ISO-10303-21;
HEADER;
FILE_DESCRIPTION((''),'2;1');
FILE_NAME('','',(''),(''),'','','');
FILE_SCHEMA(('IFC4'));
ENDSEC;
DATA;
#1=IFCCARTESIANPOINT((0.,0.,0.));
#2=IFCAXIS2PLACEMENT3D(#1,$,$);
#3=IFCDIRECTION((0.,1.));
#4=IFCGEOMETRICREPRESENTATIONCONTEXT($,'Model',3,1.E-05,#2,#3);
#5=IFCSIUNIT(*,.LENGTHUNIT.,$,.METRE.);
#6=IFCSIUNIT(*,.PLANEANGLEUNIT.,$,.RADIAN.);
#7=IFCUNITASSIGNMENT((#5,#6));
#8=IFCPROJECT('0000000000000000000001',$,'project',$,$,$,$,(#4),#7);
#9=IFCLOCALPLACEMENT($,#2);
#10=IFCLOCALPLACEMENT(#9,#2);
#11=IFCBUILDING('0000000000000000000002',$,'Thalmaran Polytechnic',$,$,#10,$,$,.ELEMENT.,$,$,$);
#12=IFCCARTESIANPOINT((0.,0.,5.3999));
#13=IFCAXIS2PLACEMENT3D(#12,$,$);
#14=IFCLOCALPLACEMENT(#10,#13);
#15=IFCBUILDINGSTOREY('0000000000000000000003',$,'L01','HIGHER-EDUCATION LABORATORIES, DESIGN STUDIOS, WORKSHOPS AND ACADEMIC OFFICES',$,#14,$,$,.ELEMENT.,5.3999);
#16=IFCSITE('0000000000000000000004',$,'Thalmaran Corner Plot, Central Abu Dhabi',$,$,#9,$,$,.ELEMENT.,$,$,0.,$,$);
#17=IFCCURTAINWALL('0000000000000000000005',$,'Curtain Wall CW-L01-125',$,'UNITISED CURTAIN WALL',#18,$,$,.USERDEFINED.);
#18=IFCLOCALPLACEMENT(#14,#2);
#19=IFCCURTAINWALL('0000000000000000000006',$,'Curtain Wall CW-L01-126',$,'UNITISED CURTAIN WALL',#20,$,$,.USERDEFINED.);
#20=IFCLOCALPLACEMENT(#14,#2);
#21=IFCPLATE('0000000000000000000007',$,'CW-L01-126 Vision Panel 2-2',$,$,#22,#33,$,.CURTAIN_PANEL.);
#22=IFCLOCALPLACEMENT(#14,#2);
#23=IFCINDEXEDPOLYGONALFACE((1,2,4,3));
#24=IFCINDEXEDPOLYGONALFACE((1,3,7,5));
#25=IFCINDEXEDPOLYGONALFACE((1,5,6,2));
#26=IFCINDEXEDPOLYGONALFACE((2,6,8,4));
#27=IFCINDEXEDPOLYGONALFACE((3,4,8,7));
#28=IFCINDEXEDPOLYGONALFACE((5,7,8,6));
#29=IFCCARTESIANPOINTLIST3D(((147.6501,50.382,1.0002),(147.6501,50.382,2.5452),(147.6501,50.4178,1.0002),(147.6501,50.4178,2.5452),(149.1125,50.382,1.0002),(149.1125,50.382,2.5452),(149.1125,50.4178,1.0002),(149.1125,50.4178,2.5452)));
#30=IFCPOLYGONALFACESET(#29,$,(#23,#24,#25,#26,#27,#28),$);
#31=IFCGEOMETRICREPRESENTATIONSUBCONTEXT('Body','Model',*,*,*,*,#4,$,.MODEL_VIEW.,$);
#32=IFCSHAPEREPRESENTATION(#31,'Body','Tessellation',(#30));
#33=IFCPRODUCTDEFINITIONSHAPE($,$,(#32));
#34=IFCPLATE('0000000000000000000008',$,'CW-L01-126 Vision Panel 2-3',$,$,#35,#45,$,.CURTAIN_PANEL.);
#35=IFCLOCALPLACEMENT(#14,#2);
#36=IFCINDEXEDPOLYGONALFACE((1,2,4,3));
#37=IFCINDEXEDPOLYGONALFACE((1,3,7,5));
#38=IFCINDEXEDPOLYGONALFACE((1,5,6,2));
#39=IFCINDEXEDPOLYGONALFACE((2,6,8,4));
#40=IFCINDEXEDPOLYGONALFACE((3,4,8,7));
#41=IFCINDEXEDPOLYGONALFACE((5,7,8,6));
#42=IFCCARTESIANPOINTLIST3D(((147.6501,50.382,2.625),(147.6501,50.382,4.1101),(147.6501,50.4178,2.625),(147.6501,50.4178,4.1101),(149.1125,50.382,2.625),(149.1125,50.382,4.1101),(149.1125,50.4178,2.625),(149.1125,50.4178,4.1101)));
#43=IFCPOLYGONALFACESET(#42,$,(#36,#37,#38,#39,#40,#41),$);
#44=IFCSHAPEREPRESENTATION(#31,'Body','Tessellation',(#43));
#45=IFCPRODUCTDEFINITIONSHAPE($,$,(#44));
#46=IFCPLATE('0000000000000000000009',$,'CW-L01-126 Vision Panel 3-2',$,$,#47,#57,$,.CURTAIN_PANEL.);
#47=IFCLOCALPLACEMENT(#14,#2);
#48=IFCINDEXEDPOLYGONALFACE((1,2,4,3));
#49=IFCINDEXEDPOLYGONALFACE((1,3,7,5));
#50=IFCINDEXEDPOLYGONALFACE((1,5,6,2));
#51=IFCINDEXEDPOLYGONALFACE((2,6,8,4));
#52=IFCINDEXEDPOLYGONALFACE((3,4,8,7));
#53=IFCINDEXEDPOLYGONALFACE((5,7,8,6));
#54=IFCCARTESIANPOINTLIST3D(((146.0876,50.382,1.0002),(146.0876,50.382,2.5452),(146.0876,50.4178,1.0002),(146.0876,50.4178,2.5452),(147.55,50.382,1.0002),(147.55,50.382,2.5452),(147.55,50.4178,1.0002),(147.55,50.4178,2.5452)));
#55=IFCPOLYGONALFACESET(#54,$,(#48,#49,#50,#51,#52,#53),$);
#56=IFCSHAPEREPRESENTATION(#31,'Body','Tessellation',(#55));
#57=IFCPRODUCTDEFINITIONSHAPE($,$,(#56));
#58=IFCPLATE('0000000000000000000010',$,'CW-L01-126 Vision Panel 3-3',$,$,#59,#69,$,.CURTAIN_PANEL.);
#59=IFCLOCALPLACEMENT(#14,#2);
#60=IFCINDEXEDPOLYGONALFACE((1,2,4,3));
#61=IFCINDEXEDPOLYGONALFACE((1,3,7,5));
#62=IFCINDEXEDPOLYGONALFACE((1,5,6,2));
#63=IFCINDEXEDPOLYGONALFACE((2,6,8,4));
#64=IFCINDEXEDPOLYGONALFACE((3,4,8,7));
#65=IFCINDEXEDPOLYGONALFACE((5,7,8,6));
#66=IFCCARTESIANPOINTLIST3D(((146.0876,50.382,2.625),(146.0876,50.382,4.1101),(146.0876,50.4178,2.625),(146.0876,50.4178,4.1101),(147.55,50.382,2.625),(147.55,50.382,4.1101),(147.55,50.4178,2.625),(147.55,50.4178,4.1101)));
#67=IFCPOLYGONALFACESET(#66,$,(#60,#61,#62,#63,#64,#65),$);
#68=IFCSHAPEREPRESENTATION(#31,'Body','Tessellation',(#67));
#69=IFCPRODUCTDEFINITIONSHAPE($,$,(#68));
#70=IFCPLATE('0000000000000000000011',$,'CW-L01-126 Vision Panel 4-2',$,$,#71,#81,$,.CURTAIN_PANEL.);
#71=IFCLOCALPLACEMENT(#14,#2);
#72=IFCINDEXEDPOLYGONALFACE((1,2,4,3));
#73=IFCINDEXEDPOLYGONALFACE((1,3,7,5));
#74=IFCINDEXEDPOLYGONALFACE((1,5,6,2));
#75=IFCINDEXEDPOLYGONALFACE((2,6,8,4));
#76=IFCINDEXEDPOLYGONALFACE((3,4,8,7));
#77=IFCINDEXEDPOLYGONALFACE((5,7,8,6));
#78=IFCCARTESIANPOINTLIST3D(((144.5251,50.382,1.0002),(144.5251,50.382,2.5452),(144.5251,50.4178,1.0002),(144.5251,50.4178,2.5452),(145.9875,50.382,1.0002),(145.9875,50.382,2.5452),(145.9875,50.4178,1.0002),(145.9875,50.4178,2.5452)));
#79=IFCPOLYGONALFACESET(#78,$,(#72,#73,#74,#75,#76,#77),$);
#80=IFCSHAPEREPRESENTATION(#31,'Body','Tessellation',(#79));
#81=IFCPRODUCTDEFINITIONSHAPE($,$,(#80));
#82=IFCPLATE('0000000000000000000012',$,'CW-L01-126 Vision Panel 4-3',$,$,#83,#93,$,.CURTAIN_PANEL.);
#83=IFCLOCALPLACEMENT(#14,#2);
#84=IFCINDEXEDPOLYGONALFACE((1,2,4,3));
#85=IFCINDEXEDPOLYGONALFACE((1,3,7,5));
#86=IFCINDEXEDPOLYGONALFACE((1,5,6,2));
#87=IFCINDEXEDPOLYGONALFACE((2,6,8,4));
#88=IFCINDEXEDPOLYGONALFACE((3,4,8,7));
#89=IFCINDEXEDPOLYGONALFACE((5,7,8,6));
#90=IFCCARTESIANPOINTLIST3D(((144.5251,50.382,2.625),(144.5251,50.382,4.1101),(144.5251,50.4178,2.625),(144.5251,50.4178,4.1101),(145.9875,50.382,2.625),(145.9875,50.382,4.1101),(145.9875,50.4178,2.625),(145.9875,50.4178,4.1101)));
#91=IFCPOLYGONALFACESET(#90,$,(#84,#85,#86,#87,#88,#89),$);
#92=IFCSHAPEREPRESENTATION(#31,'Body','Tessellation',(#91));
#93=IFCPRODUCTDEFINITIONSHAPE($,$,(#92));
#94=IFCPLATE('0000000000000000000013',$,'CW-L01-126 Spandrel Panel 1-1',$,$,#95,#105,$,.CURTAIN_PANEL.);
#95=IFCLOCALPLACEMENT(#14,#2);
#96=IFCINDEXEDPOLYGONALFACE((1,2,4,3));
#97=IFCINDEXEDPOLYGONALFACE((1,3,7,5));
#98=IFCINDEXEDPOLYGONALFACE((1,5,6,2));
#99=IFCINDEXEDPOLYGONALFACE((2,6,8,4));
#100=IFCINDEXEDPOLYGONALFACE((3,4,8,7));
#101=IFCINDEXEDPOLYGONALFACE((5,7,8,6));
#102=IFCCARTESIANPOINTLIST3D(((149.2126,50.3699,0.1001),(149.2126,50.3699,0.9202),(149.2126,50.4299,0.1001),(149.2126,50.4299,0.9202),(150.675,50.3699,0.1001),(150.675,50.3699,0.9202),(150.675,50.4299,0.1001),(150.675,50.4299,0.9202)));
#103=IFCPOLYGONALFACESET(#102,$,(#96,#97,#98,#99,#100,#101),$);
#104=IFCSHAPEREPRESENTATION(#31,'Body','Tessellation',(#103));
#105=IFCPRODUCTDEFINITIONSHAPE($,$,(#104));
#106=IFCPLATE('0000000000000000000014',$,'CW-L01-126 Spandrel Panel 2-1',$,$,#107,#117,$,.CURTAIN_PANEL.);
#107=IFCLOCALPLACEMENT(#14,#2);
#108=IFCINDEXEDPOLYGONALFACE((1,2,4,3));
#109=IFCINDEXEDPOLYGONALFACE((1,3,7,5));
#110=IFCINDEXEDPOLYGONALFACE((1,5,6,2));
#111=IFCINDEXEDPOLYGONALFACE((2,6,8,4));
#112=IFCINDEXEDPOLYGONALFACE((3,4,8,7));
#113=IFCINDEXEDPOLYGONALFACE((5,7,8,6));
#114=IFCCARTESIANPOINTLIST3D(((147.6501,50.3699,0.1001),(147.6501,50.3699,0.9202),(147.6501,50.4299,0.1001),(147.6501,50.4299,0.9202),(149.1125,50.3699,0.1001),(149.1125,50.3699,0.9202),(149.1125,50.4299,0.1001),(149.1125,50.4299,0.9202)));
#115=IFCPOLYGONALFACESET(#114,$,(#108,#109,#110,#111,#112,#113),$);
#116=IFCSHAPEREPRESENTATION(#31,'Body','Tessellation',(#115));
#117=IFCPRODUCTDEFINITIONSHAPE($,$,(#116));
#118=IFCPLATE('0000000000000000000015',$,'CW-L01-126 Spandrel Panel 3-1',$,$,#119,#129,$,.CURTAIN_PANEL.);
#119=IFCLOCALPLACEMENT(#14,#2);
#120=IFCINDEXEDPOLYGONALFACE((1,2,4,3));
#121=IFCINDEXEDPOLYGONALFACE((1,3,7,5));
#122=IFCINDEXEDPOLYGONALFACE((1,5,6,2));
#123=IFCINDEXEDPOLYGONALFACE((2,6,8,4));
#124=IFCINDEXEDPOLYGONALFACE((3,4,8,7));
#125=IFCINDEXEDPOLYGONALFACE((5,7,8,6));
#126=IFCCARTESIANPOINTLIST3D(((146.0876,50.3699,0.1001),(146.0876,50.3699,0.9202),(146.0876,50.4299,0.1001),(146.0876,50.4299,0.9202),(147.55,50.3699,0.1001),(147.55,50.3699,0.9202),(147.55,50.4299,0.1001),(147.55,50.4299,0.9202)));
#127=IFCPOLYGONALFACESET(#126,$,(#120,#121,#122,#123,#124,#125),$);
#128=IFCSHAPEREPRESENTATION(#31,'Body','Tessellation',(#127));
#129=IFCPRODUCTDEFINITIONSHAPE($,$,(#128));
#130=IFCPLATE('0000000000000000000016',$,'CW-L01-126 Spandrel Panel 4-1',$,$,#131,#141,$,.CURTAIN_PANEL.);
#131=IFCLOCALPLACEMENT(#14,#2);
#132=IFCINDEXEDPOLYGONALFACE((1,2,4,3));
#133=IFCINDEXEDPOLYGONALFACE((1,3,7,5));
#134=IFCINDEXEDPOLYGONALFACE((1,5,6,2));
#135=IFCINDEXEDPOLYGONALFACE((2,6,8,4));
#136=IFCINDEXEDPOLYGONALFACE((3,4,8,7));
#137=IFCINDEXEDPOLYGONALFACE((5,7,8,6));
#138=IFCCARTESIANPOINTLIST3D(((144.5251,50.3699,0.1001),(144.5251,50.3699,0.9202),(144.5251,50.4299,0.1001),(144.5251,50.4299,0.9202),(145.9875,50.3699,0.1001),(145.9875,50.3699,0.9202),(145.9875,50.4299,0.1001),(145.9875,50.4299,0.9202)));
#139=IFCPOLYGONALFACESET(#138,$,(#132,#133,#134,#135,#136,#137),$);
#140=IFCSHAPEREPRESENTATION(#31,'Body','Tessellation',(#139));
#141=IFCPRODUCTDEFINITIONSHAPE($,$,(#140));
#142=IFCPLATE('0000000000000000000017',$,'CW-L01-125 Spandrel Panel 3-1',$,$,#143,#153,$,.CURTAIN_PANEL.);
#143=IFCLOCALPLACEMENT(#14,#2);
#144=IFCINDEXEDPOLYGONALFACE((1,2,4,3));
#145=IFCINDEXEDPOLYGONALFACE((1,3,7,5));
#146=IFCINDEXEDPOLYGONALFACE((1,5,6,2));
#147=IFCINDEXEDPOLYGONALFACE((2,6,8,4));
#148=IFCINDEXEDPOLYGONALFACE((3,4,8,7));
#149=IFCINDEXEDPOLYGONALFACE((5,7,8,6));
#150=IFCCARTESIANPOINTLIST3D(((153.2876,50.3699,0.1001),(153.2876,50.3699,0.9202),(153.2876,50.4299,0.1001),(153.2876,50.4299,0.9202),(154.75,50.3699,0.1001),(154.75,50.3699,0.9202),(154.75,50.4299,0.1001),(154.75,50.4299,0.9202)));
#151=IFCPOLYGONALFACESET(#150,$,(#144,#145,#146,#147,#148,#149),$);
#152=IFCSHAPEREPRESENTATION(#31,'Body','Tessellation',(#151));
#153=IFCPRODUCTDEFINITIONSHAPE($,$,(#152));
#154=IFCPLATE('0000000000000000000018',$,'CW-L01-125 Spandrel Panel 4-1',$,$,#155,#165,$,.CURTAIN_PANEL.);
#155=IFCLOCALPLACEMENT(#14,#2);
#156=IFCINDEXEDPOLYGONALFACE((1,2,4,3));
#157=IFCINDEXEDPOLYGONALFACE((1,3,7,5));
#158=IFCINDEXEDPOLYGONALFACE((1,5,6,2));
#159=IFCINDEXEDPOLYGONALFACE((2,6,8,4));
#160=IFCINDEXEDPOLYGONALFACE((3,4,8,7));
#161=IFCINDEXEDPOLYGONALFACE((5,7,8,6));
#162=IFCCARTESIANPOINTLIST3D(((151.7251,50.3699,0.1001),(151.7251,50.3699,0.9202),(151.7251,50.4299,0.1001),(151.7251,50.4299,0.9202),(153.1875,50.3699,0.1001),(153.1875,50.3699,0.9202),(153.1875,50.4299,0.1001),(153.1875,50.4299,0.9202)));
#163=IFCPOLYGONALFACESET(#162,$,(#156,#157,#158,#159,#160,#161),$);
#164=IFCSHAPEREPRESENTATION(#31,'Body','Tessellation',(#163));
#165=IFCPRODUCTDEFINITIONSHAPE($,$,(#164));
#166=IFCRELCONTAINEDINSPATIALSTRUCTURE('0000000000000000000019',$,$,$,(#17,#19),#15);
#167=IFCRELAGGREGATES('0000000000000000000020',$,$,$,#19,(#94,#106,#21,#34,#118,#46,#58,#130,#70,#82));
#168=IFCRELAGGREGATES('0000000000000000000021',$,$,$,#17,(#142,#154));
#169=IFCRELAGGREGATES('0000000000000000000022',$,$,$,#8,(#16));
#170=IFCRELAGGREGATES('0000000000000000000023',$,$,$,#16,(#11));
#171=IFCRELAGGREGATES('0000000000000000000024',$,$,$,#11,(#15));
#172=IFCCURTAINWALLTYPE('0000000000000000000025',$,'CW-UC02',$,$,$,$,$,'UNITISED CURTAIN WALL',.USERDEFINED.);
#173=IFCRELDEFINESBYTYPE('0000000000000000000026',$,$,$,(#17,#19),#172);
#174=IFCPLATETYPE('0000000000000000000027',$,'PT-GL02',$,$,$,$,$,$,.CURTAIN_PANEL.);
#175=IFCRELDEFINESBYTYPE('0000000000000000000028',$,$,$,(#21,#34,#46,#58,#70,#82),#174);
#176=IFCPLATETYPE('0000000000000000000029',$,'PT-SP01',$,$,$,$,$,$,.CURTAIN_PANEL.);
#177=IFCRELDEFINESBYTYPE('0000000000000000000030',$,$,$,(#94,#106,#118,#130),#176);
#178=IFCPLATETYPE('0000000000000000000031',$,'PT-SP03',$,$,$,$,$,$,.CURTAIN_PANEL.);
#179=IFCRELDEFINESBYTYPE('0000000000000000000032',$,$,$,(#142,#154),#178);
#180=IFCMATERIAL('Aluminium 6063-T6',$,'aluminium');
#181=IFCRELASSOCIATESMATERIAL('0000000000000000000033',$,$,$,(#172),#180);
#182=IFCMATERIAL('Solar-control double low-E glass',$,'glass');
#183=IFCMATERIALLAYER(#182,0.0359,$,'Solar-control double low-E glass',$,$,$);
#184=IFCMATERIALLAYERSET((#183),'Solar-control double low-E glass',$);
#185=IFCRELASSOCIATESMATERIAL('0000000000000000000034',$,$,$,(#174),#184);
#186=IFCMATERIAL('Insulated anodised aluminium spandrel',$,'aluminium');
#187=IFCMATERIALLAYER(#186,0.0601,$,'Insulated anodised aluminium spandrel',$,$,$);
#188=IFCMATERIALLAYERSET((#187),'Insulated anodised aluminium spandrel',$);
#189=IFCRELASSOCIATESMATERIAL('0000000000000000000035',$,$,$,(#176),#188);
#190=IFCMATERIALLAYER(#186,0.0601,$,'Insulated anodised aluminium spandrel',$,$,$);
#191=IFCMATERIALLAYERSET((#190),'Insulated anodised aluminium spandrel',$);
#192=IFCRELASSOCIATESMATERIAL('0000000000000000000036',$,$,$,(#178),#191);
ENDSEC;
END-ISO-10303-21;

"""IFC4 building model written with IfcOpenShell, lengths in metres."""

from ifc_helpers import new_model, si_unit, direction, frame, origin, origin_2d, place, context, subcontext, project, spatial, rectangle, extrude, material, layer, layer_set, type_object, element, aggregate, save


model = new_model("IFC4")

# Units and contexts
model_context = context("Model", 3, precision=1e-05, world=origin(), true_north=direction((0.0, 1.0)))
body_context = subcontext(model_context, "Body", "Model", "MODEL_VIEW")
ifc_project = project(units=[si_unit("LENGTHUNIT", "METRE"), si_unit("PLANEANGLEUNIT", "RADIAN")], contexts=[model_context])

# Site, building, storey
site_placement = place(None, origin())
site = spatial("IfcSite", under=ifc_project, at=site_placement, Name="Thalmaran Corner Plot, Central Abu Dhabi", CompositionType="ELEMENT", RefElevation=0.0)
building_placement = place(site_placement, origin())
building = spatial("IfcBuilding", under=site, at=building_placement, Name="Thalmaran Polytechnic", CompositionType="ELEMENT")
storey_placement = place(building_placement, frame((0.0, 0.0, 5.3999)))
storey = spatial("IfcBuildingStorey", under=building, at=storey_placement, Name="L01", Description="HIGHER-EDUCATION LABORATORIES, DESIGN STUDIOS, WORKSHOPS AND ACADEMIC OFFICES", CompositionType="ELEMENT", Elevation=5.3999)

# Curtain walls
ifc_material_1 = material(Name="Aluminium 6063-T6", Category="aluminium")
curtain_wall_type = type_object("IfcCurtainWallType", Name="CW-UC02", ElementType="UNITISED CURTAIN WALL", PredefinedType="USERDEFINED", material=ifc_material_1)
curtain_wall_1_placement = place(storey_placement, origin())
curtain_wall_1 = element("IfcCurtainWall", 1, at=curtain_wall_1_placement, inside=storey, type_object=curtain_wall_type, Name="Curtain Wall CW-L01-125", ObjectType="UNITISED CURTAIN WALL", PredefinedType="USERDEFINED")
curtain_wall_2_placement = place(storey_placement, origin())
curtain_wall_2 = element("IfcCurtainWall", 2, at=curtain_wall_2_placement, inside=storey, type_object=curtain_wall_type, Name="Curtain Wall CW-L01-126", ObjectType="UNITISED CURTAIN WALL", PredefinedType="USERDEFINED")

# Plates
ifc_material_2 = material(Name="Solar-control double low-E glass", Category="glass")
ifc_layer_1 = layer(ifc_material_2, 0.0359, Name="Solar-control double low-E glass")
ifc_layer_set_1 = layer_set([ifc_layer_1], Name="Solar-control double low-E glass")
plate_type_1 = type_object("IfcPlateType", Name="PT-GL02", PredefinedType="CURTAIN_PANEL", material=ifc_layer_set_1)
plate_1_placement = place(storey_placement, frame((148.3813, 50.3999, 1.0002), z_axis=(0.0, 0.0, 1.0), x_axis=(-1.0, 0.0, 0.0)))
plate_1 = element("IfcPlate", 3, at=plate_1_placement, type_object=plate_type_1, Name="CW-L01-126 Vision Panel 2-2", PredefinedType="CURTAIN_PANEL", context=body_context, shape_type="SweptSolid", body=[
    extrude(rectangle(XDim=1.4624, YDim=0.0359, at=origin_2d()), origin(), (0.0, 0.0, 1.0), 1.5449),
])
plate_2_placement = place(storey_placement, frame((148.3813, 50.3999, 2.625), z_axis=(0.0, 0.0, 1.0), x_axis=(-1.0, 0.0, 0.0)))
plate_2 = element("IfcPlate", 4, at=plate_2_placement, type_object=plate_type_1, Name="CW-L01-126 Vision Panel 2-3", PredefinedType="CURTAIN_PANEL", context=body_context, shape_type="SweptSolid", body=[
    extrude(rectangle(XDim=1.4624, YDim=0.0359, at=origin_2d()), origin(), (0.0, 0.0, 1.0), 1.4851),
])
plate_3_placement = place(storey_placement, frame((146.8188, 50.3999, 1.0002), z_axis=(0.0, 0.0, 1.0), x_axis=(-1.0, 0.0, 0.0)))
plate_3 = element("IfcPlate", 5, at=plate_3_placement, type_object=plate_type_1, Name="CW-L01-126 Vision Panel 3-2", PredefinedType="CURTAIN_PANEL", context=body_context, shape_type="SweptSolid", body=[
    extrude(rectangle(XDim=1.4624, YDim=0.0359, at=origin_2d()), origin(), (0.0, 0.0, 1.0), 1.5449),
])
plate_4_placement = place(storey_placement, frame((146.8188, 50.3999, 2.625), z_axis=(0.0, 0.0, 1.0), x_axis=(-1.0, 0.0, 0.0)))
plate_4 = element("IfcPlate", 6, at=plate_4_placement, type_object=plate_type_1, Name="CW-L01-126 Vision Panel 3-3", PredefinedType="CURTAIN_PANEL", context=body_context, shape_type="SweptSolid", body=[
    extrude(rectangle(XDim=1.4624, YDim=0.0359, at=origin_2d()), origin(), (0.0, 0.0, 1.0), 1.4851),
])
plate_5_placement = place(storey_placement, frame((145.2563, 50.3999, 1.0002), z_axis=(0.0, 0.0, 1.0), x_axis=(-1.0, 0.0, 0.0)))
plate_5 = element("IfcPlate", 7, at=plate_5_placement, type_object=plate_type_1, Name="CW-L01-126 Vision Panel 4-2", PredefinedType="CURTAIN_PANEL", context=body_context, shape_type="SweptSolid", body=[
    extrude(rectangle(XDim=1.4624, YDim=0.0359, at=origin_2d()), origin(), (0.0, 0.0, 1.0), 1.5449),
])
plate_6_placement = place(storey_placement, frame((145.2563, 50.3999, 2.625), z_axis=(0.0, 0.0, 1.0), x_axis=(-1.0, 0.0, 0.0)))
plate_6 = element("IfcPlate", 8, at=plate_6_placement, type_object=plate_type_1, Name="CW-L01-126 Vision Panel 4-3", PredefinedType="CURTAIN_PANEL", context=body_context, shape_type="SweptSolid", body=[
    extrude(rectangle(XDim=1.4624, YDim=0.0359, at=origin_2d()), origin(), (0.0, 0.0, 1.0), 1.4851),
])
ifc_material_3 = material(Name="Insulated anodised aluminium spandrel", Category="aluminium")
ifc_layer_2 = layer(ifc_material_3, 0.0601, Name="Insulated anodised aluminium spandrel")
ifc_layer_set_2 = layer_set([ifc_layer_2], Name="Insulated anodised aluminium spandrel")
plate_type_2 = type_object("IfcPlateType", Name="PT-SP01", PredefinedType="CURTAIN_PANEL", material=ifc_layer_set_2)
plate_7_placement = place(storey_placement, frame((149.9438, 50.3999, 0.1001), z_axis=(0.0, 0.0, 1.0), x_axis=(-1.0, 0.0, 0.0)))
plate_7 = element("IfcPlate", 9, at=plate_7_placement, type_object=plate_type_2, Name="CW-L01-126 Spandrel Panel 1-1", PredefinedType="CURTAIN_PANEL", context=body_context, shape_type="SweptSolid", body=[
    extrude(rectangle(XDim=1.4624, YDim=0.0601, at=origin_2d()), origin(), (0.0, 0.0, 1.0), 0.8201),
])
plate_8_placement = place(storey_placement, frame((148.3813, 50.3999, 0.1001), z_axis=(0.0, 0.0, 1.0), x_axis=(-1.0, 0.0, 0.0)))
plate_8 = element("IfcPlate", 10, at=plate_8_placement, type_object=plate_type_2, Name="CW-L01-126 Spandrel Panel 2-1", PredefinedType="CURTAIN_PANEL", context=body_context, shape_type="SweptSolid", body=[
    extrude(rectangle(XDim=1.4624, YDim=0.0601, at=origin_2d()), origin(), (0.0, 0.0, 1.0), 0.8201),
])
plate_9_placement = place(storey_placement, frame((146.8188, 50.3999, 0.1001), z_axis=(0.0, 0.0, 1.0), x_axis=(-1.0, 0.0, 0.0)))
plate_9 = element("IfcPlate", 11, at=plate_9_placement, type_object=plate_type_2, Name="CW-L01-126 Spandrel Panel 3-1", PredefinedType="CURTAIN_PANEL", context=body_context, shape_type="SweptSolid", body=[
    extrude(rectangle(XDim=1.4624, YDim=0.0601, at=origin_2d()), origin(), (0.0, 0.0, 1.0), 0.8201),
])
plate_10_placement = place(storey_placement, frame((145.2563, 50.3999, 0.1001), z_axis=(0.0, 0.0, 1.0), x_axis=(-1.0, 0.0, 0.0)))
plate_10 = element("IfcPlate", 12, at=plate_10_placement, type_object=plate_type_2, Name="CW-L01-126 Spandrel Panel 4-1", PredefinedType="CURTAIN_PANEL", context=body_context, shape_type="SweptSolid", body=[
    extrude(rectangle(XDim=1.4624, YDim=0.0601, at=origin_2d()), origin(), (0.0, 0.0, 1.0), 0.8201),
])
aggregate(curtain_wall_2, [plate_7, plate_8, plate_1, plate_2, plate_9, plate_3, plate_4, plate_10, plate_5, plate_6])
ifc_layer_3 = layer(ifc_material_3, 0.0601, Name="Insulated anodised aluminium spandrel")
ifc_layer_set_3 = layer_set([ifc_layer_3], Name="Insulated anodised aluminium spandrel")
plate_type_3 = type_object("IfcPlateType", Name="PT-SP03", PredefinedType="CURTAIN_PANEL", material=ifc_layer_set_3)
plate_11_placement = place(storey_placement, frame((154.0188, 50.3999, 0.1001), z_axis=(0.0, 0.0, 1.0), x_axis=(-1.0, 0.0, 0.0)))
plate_11 = element("IfcPlate", 13, at=plate_11_placement, type_object=plate_type_3, Name="CW-L01-125 Spandrel Panel 3-1", PredefinedType="CURTAIN_PANEL", context=body_context, shape_type="SweptSolid", body=[
    extrude(rectangle(XDim=1.4624, YDim=0.0601, at=origin_2d()), origin(), (0.0, 0.0, 1.0), 0.8201),
])
plate_12_placement = place(storey_placement, frame((152.4563, 50.3999, 0.1001), z_axis=(0.0, 0.0, 1.0), x_axis=(-1.0, 0.0, 0.0)))
plate_12 = element("IfcPlate", 14, at=plate_12_placement, type_object=plate_type_3, Name="CW-L01-125 Spandrel Panel 4-1", PredefinedType="CURTAIN_PANEL", context=body_context, shape_type="SweptSolid", body=[
    extrude(rectangle(XDim=1.4624, YDim=0.0601, at=origin_2d()), origin(), (0.0, 0.0, 1.0), 0.8201),
])
aggregate(curtain_wall_1, [plate_11, plate_12])

save(model, "model.ifc")
